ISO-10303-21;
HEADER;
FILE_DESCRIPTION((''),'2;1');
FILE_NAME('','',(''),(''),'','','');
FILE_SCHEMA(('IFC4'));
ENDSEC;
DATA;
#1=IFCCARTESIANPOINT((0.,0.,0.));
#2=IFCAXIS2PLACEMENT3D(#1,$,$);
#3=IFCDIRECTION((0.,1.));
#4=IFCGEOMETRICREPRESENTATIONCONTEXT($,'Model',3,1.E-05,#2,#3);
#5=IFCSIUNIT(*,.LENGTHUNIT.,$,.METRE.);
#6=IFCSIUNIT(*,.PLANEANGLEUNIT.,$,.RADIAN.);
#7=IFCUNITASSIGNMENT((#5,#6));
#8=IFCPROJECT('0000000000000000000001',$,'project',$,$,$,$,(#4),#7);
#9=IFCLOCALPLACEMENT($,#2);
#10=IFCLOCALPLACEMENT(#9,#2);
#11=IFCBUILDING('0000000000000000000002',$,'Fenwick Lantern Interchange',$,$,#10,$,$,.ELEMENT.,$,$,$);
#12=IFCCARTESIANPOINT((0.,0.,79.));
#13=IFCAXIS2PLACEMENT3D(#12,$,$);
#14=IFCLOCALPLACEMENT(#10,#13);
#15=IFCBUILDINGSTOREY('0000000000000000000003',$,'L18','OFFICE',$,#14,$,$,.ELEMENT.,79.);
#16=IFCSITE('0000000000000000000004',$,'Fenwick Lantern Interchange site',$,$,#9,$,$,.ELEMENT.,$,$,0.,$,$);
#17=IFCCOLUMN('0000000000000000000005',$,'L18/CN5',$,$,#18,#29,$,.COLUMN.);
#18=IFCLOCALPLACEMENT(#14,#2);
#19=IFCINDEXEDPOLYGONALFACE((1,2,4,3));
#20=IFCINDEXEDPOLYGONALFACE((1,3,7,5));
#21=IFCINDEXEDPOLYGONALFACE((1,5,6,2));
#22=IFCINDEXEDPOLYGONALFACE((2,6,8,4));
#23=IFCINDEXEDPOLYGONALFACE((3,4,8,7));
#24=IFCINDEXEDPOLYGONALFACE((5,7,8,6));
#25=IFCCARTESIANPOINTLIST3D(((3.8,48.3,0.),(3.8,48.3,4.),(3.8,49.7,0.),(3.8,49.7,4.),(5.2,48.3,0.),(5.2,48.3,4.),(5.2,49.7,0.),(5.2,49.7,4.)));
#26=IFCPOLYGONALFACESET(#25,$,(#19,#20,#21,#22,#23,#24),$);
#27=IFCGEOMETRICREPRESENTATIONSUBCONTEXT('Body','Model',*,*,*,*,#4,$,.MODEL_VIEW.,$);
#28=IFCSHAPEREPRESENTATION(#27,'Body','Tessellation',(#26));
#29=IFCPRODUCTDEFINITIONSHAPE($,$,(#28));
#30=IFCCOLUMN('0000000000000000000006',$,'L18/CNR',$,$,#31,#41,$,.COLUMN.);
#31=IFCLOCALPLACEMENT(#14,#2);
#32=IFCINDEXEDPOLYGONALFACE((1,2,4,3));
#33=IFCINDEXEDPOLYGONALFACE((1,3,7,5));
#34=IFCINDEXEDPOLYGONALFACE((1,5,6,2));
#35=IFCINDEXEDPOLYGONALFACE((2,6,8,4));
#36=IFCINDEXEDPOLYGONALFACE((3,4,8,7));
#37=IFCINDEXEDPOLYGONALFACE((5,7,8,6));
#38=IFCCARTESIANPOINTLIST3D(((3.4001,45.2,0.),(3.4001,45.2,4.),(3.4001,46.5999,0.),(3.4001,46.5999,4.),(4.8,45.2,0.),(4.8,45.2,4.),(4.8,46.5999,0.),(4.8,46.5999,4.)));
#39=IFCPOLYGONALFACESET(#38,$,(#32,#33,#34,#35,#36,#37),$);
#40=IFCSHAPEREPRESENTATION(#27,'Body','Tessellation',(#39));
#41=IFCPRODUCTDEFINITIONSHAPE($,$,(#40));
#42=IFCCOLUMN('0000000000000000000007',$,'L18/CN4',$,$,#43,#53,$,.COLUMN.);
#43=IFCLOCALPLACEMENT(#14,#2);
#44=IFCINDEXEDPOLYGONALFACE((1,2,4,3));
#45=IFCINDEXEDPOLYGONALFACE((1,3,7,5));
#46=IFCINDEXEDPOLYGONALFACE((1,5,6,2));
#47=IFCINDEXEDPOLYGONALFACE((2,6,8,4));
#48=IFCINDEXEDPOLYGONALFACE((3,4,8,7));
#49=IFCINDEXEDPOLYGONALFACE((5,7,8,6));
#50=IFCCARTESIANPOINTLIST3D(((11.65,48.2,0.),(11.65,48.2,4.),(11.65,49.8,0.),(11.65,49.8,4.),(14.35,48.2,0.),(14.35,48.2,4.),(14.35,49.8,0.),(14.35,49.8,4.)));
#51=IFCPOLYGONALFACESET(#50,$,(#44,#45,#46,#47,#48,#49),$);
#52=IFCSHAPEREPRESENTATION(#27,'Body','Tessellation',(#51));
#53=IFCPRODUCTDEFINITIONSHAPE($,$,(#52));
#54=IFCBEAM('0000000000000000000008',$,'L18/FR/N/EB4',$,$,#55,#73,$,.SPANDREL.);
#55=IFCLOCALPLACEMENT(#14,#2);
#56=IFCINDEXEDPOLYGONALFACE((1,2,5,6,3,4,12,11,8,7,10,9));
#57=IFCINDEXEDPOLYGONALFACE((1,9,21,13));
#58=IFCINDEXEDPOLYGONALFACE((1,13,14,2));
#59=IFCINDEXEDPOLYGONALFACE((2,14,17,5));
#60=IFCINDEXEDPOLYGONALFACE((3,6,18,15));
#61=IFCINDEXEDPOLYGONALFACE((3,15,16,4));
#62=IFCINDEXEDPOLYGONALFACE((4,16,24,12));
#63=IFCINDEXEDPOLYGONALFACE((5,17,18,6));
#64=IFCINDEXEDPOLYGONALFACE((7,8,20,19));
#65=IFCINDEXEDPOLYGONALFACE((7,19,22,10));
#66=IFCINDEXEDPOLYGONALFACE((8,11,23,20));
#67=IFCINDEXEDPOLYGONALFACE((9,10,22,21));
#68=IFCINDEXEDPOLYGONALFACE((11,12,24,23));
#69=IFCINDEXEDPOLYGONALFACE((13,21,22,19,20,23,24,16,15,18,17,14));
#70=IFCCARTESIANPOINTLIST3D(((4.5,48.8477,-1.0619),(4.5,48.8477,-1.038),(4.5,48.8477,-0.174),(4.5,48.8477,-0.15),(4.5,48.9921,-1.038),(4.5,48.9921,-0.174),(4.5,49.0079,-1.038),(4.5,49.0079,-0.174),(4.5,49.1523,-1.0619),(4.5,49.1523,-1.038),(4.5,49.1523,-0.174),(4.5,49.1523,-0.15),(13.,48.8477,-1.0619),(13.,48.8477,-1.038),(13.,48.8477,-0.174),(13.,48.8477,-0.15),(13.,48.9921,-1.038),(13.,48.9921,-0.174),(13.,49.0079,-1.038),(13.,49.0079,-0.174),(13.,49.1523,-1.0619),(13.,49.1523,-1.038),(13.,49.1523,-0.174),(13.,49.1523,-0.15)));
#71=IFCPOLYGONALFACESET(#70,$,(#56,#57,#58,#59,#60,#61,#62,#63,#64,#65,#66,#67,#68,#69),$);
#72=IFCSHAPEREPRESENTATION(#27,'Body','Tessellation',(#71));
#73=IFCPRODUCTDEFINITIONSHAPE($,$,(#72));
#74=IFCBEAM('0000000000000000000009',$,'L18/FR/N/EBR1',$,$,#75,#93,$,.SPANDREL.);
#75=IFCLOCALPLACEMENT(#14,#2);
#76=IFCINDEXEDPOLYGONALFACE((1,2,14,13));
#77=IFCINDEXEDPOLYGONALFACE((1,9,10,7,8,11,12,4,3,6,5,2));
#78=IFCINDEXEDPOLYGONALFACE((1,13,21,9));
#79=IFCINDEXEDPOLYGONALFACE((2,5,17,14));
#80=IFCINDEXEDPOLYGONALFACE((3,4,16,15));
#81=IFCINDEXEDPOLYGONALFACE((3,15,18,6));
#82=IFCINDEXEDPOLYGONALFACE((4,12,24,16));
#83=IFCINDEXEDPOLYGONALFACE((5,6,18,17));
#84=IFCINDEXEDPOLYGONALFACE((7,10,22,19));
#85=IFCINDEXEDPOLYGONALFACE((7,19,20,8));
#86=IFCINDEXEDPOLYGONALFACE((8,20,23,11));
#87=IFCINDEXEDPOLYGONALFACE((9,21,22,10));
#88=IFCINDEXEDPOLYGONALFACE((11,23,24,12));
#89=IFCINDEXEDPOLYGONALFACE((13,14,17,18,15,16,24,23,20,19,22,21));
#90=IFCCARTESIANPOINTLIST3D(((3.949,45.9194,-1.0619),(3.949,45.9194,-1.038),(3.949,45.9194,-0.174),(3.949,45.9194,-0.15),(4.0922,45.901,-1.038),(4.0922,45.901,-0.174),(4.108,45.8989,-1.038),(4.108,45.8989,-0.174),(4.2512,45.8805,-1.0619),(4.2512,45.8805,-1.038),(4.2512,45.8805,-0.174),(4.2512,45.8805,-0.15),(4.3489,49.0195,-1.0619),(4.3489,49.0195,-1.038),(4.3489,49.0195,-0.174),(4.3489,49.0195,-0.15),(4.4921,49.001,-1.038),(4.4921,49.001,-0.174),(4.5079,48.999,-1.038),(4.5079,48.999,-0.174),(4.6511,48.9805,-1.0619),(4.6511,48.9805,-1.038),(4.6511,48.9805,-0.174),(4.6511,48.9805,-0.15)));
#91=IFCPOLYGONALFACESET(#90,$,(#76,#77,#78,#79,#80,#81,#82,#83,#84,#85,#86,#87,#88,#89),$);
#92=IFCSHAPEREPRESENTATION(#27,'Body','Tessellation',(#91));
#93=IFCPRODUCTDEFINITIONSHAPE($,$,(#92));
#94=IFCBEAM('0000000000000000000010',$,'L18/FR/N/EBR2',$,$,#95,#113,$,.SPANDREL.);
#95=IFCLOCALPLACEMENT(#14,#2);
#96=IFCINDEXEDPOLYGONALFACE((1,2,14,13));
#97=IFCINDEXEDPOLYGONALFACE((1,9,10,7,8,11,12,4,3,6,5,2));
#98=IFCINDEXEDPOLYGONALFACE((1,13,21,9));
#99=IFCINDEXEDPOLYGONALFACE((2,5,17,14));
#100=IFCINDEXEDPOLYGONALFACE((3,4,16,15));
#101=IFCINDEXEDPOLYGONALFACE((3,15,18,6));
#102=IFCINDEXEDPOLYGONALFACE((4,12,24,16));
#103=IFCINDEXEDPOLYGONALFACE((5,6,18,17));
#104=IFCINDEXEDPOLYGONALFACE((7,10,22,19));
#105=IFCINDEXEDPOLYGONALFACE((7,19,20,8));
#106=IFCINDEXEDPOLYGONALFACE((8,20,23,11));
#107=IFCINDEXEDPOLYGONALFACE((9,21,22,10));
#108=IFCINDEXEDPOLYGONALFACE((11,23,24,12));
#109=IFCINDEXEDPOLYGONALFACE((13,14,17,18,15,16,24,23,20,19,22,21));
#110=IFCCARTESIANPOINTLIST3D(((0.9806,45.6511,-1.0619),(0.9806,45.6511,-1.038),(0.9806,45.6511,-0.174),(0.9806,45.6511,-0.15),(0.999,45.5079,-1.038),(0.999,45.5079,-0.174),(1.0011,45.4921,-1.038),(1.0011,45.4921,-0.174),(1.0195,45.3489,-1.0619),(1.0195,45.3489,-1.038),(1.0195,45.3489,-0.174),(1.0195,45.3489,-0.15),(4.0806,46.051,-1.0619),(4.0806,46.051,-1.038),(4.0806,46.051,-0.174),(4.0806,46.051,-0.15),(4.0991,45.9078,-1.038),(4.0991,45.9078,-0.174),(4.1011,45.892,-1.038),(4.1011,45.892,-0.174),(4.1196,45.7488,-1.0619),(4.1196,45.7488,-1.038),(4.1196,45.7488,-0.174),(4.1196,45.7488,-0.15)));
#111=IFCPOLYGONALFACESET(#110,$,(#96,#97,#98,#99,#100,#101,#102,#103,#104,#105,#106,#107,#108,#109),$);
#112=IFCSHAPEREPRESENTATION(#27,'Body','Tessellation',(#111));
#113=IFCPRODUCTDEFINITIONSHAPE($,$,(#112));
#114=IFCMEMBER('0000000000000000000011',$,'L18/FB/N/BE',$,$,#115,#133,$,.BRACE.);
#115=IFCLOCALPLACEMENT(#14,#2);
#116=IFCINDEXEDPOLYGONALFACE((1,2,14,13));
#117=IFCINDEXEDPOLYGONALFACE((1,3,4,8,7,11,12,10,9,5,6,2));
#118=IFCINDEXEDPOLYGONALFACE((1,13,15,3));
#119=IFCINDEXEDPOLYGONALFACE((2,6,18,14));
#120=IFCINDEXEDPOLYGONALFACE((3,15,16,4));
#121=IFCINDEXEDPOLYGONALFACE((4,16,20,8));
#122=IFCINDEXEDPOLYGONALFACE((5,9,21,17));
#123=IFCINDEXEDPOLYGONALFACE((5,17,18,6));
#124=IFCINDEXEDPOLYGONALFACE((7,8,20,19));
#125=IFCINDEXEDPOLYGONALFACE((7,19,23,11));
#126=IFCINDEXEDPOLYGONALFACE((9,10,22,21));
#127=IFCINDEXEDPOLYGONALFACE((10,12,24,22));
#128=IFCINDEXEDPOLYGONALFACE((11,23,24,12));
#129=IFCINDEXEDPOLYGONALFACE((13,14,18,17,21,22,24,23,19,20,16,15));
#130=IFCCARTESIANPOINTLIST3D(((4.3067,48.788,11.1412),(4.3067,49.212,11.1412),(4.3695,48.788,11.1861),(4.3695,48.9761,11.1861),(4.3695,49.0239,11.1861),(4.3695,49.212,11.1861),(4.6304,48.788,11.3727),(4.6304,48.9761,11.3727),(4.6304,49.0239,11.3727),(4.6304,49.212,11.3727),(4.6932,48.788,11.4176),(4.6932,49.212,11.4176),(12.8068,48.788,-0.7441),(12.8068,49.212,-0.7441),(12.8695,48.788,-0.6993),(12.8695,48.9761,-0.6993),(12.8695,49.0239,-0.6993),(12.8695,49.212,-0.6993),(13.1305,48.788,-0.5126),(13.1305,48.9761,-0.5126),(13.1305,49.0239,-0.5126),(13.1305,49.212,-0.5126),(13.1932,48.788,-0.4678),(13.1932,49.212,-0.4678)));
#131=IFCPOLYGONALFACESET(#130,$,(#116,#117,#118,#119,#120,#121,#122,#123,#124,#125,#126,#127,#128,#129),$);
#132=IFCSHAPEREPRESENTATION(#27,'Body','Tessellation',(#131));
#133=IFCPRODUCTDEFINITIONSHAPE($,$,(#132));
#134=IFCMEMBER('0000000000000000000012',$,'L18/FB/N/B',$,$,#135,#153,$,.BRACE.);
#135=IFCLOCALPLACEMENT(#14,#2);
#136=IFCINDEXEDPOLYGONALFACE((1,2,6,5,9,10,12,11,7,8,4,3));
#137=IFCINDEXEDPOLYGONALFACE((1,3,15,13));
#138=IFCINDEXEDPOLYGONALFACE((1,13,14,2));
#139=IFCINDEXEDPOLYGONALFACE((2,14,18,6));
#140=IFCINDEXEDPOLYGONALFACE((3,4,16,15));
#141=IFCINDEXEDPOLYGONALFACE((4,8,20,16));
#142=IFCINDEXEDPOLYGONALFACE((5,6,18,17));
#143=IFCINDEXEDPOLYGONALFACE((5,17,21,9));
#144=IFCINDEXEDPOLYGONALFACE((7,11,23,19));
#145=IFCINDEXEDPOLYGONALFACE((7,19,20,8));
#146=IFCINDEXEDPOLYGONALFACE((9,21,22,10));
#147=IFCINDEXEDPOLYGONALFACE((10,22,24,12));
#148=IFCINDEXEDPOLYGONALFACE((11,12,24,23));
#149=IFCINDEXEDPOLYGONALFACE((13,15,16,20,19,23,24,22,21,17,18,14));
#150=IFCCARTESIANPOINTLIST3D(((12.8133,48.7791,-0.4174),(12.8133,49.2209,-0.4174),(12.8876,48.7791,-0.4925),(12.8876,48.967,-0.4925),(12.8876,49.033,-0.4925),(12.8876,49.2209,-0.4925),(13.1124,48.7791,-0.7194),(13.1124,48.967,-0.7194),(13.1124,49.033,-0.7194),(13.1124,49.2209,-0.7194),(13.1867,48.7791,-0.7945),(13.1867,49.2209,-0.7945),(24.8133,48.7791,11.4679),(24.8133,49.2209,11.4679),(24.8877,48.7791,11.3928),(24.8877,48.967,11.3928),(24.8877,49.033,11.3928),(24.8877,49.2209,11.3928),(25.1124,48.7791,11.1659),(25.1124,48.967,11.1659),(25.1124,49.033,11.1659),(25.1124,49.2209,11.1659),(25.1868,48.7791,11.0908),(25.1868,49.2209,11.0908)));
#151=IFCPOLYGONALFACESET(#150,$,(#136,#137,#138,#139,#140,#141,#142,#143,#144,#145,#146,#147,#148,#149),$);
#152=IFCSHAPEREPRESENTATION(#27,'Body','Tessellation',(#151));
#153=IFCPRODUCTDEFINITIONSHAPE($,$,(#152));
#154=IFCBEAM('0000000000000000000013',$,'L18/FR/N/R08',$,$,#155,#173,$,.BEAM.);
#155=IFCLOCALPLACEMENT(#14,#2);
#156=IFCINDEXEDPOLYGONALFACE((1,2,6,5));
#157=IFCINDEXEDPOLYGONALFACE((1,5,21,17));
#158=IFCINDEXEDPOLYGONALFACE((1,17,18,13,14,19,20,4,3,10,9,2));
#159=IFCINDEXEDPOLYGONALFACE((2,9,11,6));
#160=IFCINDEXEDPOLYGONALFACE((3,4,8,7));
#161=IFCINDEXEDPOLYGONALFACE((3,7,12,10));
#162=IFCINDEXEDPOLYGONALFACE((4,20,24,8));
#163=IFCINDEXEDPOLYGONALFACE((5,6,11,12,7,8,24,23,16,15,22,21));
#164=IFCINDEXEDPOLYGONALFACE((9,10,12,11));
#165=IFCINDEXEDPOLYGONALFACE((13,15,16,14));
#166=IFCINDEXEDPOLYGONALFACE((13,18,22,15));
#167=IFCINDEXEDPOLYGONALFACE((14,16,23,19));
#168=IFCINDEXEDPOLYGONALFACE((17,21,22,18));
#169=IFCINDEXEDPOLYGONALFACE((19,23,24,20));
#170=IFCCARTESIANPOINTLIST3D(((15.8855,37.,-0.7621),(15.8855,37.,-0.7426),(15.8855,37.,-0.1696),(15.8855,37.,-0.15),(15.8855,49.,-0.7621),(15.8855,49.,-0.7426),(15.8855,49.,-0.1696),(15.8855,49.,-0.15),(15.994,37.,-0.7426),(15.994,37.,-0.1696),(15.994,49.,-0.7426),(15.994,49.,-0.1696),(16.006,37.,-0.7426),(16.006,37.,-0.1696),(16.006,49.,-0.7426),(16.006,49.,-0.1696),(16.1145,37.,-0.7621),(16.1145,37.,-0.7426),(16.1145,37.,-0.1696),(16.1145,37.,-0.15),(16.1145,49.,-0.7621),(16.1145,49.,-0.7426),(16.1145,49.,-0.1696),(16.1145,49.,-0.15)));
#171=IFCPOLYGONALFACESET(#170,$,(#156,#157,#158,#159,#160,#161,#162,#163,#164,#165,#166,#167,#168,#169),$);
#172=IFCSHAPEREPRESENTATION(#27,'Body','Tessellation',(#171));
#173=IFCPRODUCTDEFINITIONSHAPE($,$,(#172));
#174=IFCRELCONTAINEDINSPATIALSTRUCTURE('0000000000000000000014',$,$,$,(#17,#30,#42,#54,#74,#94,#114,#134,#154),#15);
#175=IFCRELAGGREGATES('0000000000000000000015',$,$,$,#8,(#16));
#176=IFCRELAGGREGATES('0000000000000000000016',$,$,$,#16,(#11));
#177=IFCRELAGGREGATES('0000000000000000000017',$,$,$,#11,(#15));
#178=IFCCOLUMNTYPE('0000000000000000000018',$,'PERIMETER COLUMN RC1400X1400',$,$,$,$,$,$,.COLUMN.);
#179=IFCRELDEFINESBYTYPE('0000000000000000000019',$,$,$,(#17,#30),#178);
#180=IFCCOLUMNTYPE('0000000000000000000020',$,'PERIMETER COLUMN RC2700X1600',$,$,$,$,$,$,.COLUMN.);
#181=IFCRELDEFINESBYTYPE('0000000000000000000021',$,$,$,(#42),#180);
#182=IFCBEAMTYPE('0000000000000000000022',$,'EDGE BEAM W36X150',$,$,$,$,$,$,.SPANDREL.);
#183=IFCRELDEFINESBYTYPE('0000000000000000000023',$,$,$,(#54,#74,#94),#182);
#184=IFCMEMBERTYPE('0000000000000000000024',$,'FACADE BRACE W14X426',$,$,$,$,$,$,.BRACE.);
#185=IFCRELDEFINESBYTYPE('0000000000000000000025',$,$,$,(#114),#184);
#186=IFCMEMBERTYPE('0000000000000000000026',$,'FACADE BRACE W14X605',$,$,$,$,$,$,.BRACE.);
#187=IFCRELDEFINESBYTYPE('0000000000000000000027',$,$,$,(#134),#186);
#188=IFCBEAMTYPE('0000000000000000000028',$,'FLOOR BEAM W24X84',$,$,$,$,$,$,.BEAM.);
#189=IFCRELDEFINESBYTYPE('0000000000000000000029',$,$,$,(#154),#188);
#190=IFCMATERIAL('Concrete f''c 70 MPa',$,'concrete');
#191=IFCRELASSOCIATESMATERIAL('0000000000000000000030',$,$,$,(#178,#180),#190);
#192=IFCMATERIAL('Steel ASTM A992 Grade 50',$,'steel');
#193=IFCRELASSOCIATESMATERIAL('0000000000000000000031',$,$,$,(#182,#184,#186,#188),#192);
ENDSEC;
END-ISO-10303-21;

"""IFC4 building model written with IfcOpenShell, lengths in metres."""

from ifc_helpers import new_model, si_unit, direction, frame, origin, origin_2d, place, context, subcontext, project, spatial, rectangle, i_section, extrude, material, material_profile, profile_set, type_object, element, save


model = new_model("IFC4")

# Units and contexts
model_context = context("Model", 3, precision=1e-05, world=origin(), true_north=direction((0.0, 1.0)))
body_context = subcontext(model_context, "Body", "Model", "MODEL_VIEW")
ifc_project = project(units=[si_unit("LENGTHUNIT", "METRE"), si_unit("PLANEANGLEUNIT", "RADIAN")], contexts=[model_context])

# Site, building, storey
site_placement = place(None, origin())
site = spatial("IfcSite", under=ifc_project, at=site_placement, Name="Fenwick Lantern Interchange site", CompositionType="ELEMENT", RefElevation=0.0)
building_placement = place(site_placement, origin())
building = spatial("IfcBuilding", under=site, at=building_placement, Name="Fenwick Lantern Interchange", CompositionType="ELEMENT")
storey_placement = place(building_placement, frame((0.0, 0.0, 79.0)))
storey = spatial("IfcBuildingStorey", under=building, at=storey_placement, Name="L18", Description="OFFICE", CompositionType="ELEMENT", Elevation=79.0)

# Columns
ifc_material_1 = material(Name="Concrete f'c 70 MPa", Category="concrete")
ifc_material_profile_1 = material_profile(ifc_material_1, rectangle(XDim=1.3999, YDim=1.3999, at=origin_2d()), Name="RC1400X1400")
ifc_profile_set_1 = profile_set([ifc_material_profile_1], Name="Concrete f'c 70 MPa")
column_type_1 = type_object("IfcColumnType", Name="PERIMETER COLUMN RC1400X1400", PredefinedType="COLUMN", material=ifc_profile_set_1)
for number, where, z_axis, x_axis, name in (
    (1, (4.5, 49.0, 0.0), (0.0, 0.0, 1.0), (1.0, 0.0, 0.0), "L18/CN5"),
    (2, (4.1001, 45.8999, 0.0), (0.0, 0.0, 1.0), (1.0, 0.0, 0.0), "L18/CNR"),
):
    element("IfcColumn", number, at=place(storey_placement, frame(where, z_axis=z_axis, x_axis=x_axis)), inside=storey, type_object=column_type_1, Name=name, PredefinedType="COLUMN", context=body_context, shape_type="SweptSolid", body=[
        extrude(rectangle(XDim=1.3999, YDim=1.3999, at=origin_2d()), origin(), (0.0, 0.0, 1.0), 4.0),
    ])
ifc_material_profile_2 = material_profile(ifc_material_1, rectangle(XDim=2.7, YDim=1.6001, at=origin_2d()), Name="RC2700X1600")
ifc_profile_set_2 = profile_set([ifc_material_profile_2], Name="Concrete f'c 70 MPa")
column_type_2 = type_object("IfcColumnType", Name="PERIMETER COLUMN RC2700X1600", PredefinedType="COLUMN", material=ifc_profile_set_2)
column_placement = place(storey_placement, frame((13.0, 49.0, 0.0), z_axis=(0.0, 0.0, 1.0), x_axis=(1.0, 0.0, 0.0)))
element("IfcColumn", 3, at=column_placement, inside=storey, type_object=column_type_2, Name="L18/CN4", PredefinedType="COLUMN", context=body_context, shape_type="SweptSolid", body=[
    extrude(rectangle(XDim=2.7, YDim=1.6001, at=origin_2d()), origin(), (0.0, 0.0, 1.0), 4.0),
])

# Beams
ifc_material_2 = material(Name="Steel ASTM A992 Grade 50", Category="steel")
ifc_material_profile_3 = material_profile(ifc_material_2, i_section(OverallWidth=0.3047, OverallDepth=0.9119, WebThickness=0.0159, FlangeThickness=0.0239, at=origin_2d()), Name="W36X150")
ifc_profile_set_3 = profile_set([ifc_material_profile_3], Name="Steel ASTM A992 Grade 50")
beam_type_1 = type_object("IfcBeamType", Name="EDGE BEAM W36X150", PredefinedType="SPANDREL", material=ifc_profile_set_3)
beam_1_placement = place(storey_placement, frame((13.0, 49.0, -0.606), z_axis=(-1.0, 0.0, 0.0), x_axis=(0.0, -1.0, 0.0)))
element("IfcBeam", 4, at=beam_1_placement, inside=storey, type_object=beam_type_1, Name="L18/FR/N/EB4", PredefinedType="SPANDREL", context=body_context, shape_type="SweptSolid", body=[
    extrude(i_section(OverallWidth=0.3047, OverallDepth=0.9119, WebThickness=0.0159, FlangeThickness=0.0239, at=origin_2d()), origin(), (0.0, 0.0, 1.0), 8.5),
])
for number, where, z_axis, x_axis, name in (
    (5, (4.5, 49.0, -0.606), (-0.127937, -0.991782, 0.0), (0.991782, -0.127937, 0.0), "L18/FR/N/EBR1"),
    (6, (4.1001, 45.8999, -0.606), (-0.991782, -0.127937, 0.0), (0.127937, -0.991782, 0.0), "L18/FR/N/EBR2"),
):
    element("IfcBeam", number, at=place(storey_placement, frame(where, z_axis=z_axis, x_axis=x_axis)), inside=storey, type_object=beam_type_1, Name=name, PredefinedType="SPANDREL", context=body_context, shape_type="SweptSolid", body=[
        extrude(i_section(OverallWidth=0.3047, OverallDepth=0.9119, WebThickness=0.0159, FlangeThickness=0.0239, at=origin_2d()), origin(), (0.0, 0.0, 1.0), 3.1257),
    ])

# Members
ifc_material_profile_4 = material_profile(ifc_material_2, i_section(OverallWidth=0.4241, OverallDepth=0.4751, WebThickness=0.0479, FlangeThickness=0.0771, at=origin_2d()), Name="W14X426")
ifc_profile_set_4 = profile_set([ifc_material_profile_4], Name="Steel ASTM A992 Grade 50")
member_type_1 = type_object("IfcMemberType", Name="FACADE BRACE W14X426", PredefinedType="BRACE", material=ifc_profile_set_4)
member_1_placement = place(storey_placement, frame((13.0, 49.0, -0.606), z_axis=(-0.581715, 0.0, 0.813392), x_axis=(0.0, -1.0, 0.0)))
element("IfcMember", 7, at=member_1_placement, inside=storey, type_object=member_type_1, Name="L18/FB/N/BE", PredefinedType="BRACE", context=body_context, shape_type="SweptSolid", body=[
    extrude(i_section(OverallWidth=0.4241, OverallDepth=0.4751, WebThickness=0.0479, FlangeThickness=0.0771, at=origin_2d()), origin(), (0.0, 0.0, 1.0), 14.6121),
])
ifc_material_profile_5 = material_profile(ifc_material_2, i_section(OverallWidth=0.4419, OverallDepth=0.5308, WebThickness=0.0659, FlangeThickness=0.1057, at=origin_2d()), Name="W14X605")
ifc_profile_set_5 = profile_set([ifc_material_profile_5], Name="Steel ASTM A992 Grade 50")
member_type_2 = type_object("IfcMemberType", Name="FACADE BRACE W14X605", PredefinedType="BRACE", material=ifc_profile_set_5)
member_2_placement = place(storey_placement, frame((13.0, 49.0, -0.606), z_axis=(0.710496, 0.0, 0.703702), x_axis=(0.0, 1.0, 0.0)))
element("IfcMember", 8, at=member_2_placement, inside=storey, type_object=member_type_2, Name="L18/FB/N/B", PredefinedType="BRACE", context=body_context, shape_type="SweptSolid", body=[
    extrude(i_section(OverallWidth=0.4419, OverallDepth=0.5308, WebThickness=0.0659, FlangeThickness=0.1057, at=origin_2d()), origin(), (0.0, 0.0, 1.0), 16.8896),
])

# Beam
ifc_material_profile_6 = material_profile(ifc_material_2, i_section(OverallWidth=0.229, OverallDepth=0.6121, WebThickness=0.012, FlangeThickness=0.0195, at=origin_2d()), Name="W24X84")
ifc_profile_set_6 = profile_set([ifc_material_profile_6], Name="Steel ASTM A992 Grade 50")
beam_type_2 = type_object("IfcBeamType", Name="FLOOR BEAM W24X84", PredefinedType="BEAM", material=ifc_profile_set_6)
beam_2_placement = place(storey_placement, frame((16.0, 49.0, -0.4561), z_axis=(0.0, -1.0, 0.0), x_axis=(1.0, 0.0, 0.0)))
element("IfcBeam", 9, at=beam_2_placement, inside=storey, type_object=beam_type_2, Name="L18/FR/N/R08", PredefinedType="BEAM", context=body_context, shape_type="SweptSolid", body=[
    extrude(i_section(OverallWidth=0.229, OverallDepth=0.6121, WebThickness=0.012, FlangeThickness=0.0195, at=origin_2d()), origin(), (0.0, 0.0, 1.0), 12.0),
])

save(model, "model.ifc")
